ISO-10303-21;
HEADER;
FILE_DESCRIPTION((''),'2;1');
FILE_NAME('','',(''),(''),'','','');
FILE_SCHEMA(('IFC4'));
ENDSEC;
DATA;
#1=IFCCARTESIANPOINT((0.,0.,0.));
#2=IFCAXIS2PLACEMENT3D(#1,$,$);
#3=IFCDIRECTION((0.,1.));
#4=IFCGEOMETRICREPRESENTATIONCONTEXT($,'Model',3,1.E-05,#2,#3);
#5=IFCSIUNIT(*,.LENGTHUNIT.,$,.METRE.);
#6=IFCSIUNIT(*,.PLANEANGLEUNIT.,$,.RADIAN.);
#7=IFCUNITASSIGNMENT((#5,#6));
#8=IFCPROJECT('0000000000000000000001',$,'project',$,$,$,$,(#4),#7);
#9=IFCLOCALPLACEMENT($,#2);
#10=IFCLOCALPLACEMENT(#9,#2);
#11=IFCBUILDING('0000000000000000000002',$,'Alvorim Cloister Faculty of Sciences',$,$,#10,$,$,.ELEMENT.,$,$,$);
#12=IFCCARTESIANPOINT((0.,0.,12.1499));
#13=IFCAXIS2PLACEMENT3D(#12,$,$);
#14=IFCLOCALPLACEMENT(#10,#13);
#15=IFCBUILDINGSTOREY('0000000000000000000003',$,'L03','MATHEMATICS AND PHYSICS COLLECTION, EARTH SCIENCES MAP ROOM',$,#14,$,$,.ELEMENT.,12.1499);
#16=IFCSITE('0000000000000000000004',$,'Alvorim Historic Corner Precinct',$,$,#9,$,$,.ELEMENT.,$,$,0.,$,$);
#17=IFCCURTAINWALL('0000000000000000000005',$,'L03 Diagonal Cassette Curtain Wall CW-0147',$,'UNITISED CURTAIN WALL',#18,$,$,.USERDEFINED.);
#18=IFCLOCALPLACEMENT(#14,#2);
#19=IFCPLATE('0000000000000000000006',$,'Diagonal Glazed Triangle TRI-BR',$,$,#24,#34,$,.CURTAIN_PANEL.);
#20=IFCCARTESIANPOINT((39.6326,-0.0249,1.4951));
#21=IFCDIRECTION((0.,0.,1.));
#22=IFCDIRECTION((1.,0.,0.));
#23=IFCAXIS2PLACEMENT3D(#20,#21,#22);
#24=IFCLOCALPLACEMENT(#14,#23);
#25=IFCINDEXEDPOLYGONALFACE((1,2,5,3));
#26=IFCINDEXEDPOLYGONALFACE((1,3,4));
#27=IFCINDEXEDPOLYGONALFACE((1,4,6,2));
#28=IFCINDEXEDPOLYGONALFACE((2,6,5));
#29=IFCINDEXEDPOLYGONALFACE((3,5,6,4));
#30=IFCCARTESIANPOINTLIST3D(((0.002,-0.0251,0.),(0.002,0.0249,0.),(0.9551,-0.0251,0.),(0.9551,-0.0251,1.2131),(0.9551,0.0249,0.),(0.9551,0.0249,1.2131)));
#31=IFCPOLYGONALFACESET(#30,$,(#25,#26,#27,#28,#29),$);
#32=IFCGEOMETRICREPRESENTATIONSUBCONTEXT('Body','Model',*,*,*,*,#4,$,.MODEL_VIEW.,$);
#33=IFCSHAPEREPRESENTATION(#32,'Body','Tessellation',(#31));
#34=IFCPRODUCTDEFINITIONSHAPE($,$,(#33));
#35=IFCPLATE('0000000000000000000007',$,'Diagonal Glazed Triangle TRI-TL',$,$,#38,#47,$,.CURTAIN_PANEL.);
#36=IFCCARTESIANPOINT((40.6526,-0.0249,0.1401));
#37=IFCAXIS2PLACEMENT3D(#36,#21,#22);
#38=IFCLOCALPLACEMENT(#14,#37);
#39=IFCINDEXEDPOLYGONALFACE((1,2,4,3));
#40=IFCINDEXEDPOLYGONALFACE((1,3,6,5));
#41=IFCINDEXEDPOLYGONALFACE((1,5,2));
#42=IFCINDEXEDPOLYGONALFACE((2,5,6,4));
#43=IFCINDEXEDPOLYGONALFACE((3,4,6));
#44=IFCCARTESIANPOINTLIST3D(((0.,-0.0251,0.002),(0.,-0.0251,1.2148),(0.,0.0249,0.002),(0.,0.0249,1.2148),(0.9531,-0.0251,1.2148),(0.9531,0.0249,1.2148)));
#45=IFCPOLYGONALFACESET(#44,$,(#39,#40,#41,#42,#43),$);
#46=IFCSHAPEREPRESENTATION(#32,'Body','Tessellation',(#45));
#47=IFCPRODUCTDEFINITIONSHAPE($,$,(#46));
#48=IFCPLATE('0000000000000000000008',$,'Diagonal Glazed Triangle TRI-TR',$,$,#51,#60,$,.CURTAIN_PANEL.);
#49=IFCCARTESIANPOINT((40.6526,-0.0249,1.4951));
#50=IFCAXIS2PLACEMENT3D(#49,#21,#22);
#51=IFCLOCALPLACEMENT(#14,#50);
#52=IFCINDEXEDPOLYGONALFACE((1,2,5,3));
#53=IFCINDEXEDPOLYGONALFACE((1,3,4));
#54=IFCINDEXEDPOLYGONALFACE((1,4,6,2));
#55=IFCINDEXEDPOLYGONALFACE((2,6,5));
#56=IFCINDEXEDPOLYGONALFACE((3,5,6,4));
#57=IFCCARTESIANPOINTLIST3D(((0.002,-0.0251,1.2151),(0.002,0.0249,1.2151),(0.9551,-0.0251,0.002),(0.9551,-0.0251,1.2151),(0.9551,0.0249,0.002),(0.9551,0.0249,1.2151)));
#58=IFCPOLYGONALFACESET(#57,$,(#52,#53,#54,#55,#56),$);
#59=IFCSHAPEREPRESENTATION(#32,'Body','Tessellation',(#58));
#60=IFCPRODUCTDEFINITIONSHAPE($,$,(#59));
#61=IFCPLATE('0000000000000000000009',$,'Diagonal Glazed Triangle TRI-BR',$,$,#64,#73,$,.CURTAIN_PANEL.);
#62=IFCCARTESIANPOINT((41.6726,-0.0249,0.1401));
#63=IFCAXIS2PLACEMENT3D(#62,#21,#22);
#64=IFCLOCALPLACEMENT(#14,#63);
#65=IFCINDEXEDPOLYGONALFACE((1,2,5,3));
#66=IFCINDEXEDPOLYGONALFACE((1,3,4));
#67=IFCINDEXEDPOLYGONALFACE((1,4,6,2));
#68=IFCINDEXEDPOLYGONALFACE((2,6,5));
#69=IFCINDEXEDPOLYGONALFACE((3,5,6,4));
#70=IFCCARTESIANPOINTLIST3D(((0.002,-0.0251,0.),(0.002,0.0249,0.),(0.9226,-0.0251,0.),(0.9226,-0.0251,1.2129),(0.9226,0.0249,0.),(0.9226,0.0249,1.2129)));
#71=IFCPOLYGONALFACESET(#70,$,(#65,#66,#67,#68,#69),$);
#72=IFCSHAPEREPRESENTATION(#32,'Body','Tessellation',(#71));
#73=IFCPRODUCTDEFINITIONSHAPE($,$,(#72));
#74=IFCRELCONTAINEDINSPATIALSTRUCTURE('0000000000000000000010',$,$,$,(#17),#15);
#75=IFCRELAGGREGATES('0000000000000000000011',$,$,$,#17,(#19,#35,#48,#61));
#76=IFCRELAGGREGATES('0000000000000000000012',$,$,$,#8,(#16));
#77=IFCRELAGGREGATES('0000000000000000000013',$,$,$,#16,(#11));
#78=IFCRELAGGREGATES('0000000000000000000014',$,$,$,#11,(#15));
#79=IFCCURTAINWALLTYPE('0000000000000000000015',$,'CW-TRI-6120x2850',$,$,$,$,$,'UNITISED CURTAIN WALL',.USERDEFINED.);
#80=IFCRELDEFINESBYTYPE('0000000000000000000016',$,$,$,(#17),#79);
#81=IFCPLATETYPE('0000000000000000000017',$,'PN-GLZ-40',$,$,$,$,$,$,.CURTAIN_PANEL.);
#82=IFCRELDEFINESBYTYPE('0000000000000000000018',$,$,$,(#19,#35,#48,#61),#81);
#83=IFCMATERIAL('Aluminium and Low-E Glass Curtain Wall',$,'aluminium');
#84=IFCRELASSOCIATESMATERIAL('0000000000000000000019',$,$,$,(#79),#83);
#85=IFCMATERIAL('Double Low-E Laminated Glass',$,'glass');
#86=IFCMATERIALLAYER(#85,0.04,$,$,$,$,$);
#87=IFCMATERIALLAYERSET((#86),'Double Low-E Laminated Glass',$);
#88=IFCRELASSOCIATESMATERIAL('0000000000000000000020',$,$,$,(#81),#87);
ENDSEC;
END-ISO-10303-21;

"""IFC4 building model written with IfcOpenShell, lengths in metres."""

from ifc_helpers import new_model, si_unit, direction, frame, origin, place, context, subcontext, project, spatial, polyline, outline, extrude, material, layer, layer_set, type_object, element, aggregate, save


model = new_model("IFC4")

# Units and contexts
model_context = context("Model", 3, precision=1e-05, world=origin(), true_north=direction((0.0, 1.0)))
body_context = subcontext(model_context, "Body", "Model", "MODEL_VIEW")
ifc_project = project(units=[si_unit("LENGTHUNIT", "METRE"), si_unit("PLANEANGLEUNIT", "RADIAN")], contexts=[model_context])

# Site, building, storey
site_placement = place(None, origin())
site = spatial("IfcSite", under=ifc_project, at=site_placement, Name="Alvorim Historic Corner Precinct", CompositionType="ELEMENT", RefElevation=0.0)
building_placement = place(site_placement, origin())
building = spatial("IfcBuilding", under=site, at=building_placement, Name="Alvorim Cloister Faculty of Sciences", CompositionType="ELEMENT")
storey_placement = place(building_placement, frame((0.0, 0.0, 12.1499)))
storey = spatial("IfcBuildingStorey", under=building, at=storey_placement, Name="L03", Description="MATHEMATICS AND PHYSICS COLLECTION, EARTH SCIENCES MAP ROOM", CompositionType="ELEMENT", Elevation=12.1499)

# Curtain wall, plates
ifc_material_1 = material(Name="Aluminium and Low-E Glass Curtain Wall", Category="aluminium")
curtain_wall_type = type_object("IfcCurtainWallType", Name="CW-TRI-6120x2850", ElementType="UNITISED CURTAIN WALL", PredefinedType="USERDEFINED", material=ifc_material_1)
curtain_wall_placement = place(storey_placement, origin())
curtain_wall = element("IfcCurtainWall", 1, at=curtain_wall_placement, inside=storey, type_object=curtain_wall_type, Name="L03 Diagonal Cassette Curtain Wall CW-0147", ObjectType="UNITISED CURTAIN WALL", PredefinedType="USERDEFINED")
ifc_material_2 = material(Name="Double Low-E Laminated Glass", Category="glass")
ifc_layer = layer(ifc_material_2, 0.04)
ifc_layer_set = layer_set([ifc_layer], Name="Double Low-E Laminated Glass")
plate_type = type_object("IfcPlateType", Name="PN-GLZ-40", PredefinedType="CURTAIN_PANEL", material=ifc_layer_set)
plate_1_placement = place(storey_placement, frame((39.6326, -0.0249, 1.4951), z_axis=(0.0, 0.0, 1.0), x_axis=(1.0, 0.0, 0.0)))
plate_1 = element("IfcPlate", 2, at=plate_1_placement, type_object=plate_type, Name="Diagonal Glazed Triangle TRI-BR", PredefinedType="CURTAIN_PANEL", context=body_context, shape_type="SweptSolid", body=[
    extrude(outline(polyline([(0.002, 0.0), (0.9551, 0.0), (0.9551, 1.2131), (0.002, 0.0)])), frame((0.0, 0.0249, 0.0), z_axis=(0.0, -1.0, 0.0), x_axis=(1.0, 0.0, 0.0)), (0.0, 0.0, 1.0), 0.05),
])
plate_2_placement = place(storey_placement, frame((40.6526, -0.0249, 0.1401), z_axis=(0.0, 0.0, 1.0), x_axis=(1.0, 0.0, 0.0)))
plate_2 = element("IfcPlate", 3, at=plate_2_placement, type_object=plate_type, Name="Diagonal Glazed Triangle TRI-TL", PredefinedType="CURTAIN_PANEL", context=body_context, shape_type="SweptSolid", body=[
    extrude(outline(polyline([(0.9531, 1.2148), (0.0, 1.2148), (0.0, 0.002), (0.9531, 1.2148)])), frame((0.0, 0.0249, 0.0), z_axis=(0.0, -1.0, 0.0), x_axis=(1.0, 0.0, 0.0)), (0.0, 0.0, 1.0), 0.05),
])
plate_3_placement = place(storey_placement, frame((40.6526, -0.0249, 1.4951), z_axis=(0.0, 0.0, 1.0), x_axis=(1.0, 0.0, 0.0)))
plate_3 = element("IfcPlate", 4, at=plate_3_placement, type_object=plate_type, Name="Diagonal Glazed Triangle TRI-TR", PredefinedType="CURTAIN_PANEL", context=body_context, shape_type="SweptSolid", body=[
    extrude(outline(polyline([(0.9551, 0.002), (0.9551, 1.2151), (0.002, 1.2151), (0.9551, 0.002)])), frame((0.0, 0.0249, 0.0), z_axis=(0.0, -1.0, 0.0), x_axis=(1.0, 0.0, 0.0)), (0.0, 0.0, 1.0), 0.05),
])
plate_4_placement = place(storey_placement, frame((41.6726, -0.0249, 0.1401), z_axis=(0.0, 0.0, 1.0), x_axis=(1.0, 0.0, 0.0)))
plate_4 = element("IfcPlate", 5, at=plate_4_placement, type_object=plate_type, Name="Diagonal Glazed Triangle TRI-BR", PredefinedType="CURTAIN_PANEL", context=body_context, shape_type="SweptSolid", body=[
    extrude(outline(polyline([(0.002, 0.0), (0.9226, 0.0), (0.9226, 1.2129), (0.002, 0.0)])), frame((0.0, 0.0249, 0.0), z_axis=(0.0, -1.0, 0.0), x_axis=(1.0, 0.0, 0.0)), (0.0, 0.0, 1.0), 0.05),
])
aggregate(curtain_wall, [plate_1, plate_2, plate_3, plate_4])

save(model, "model.ifc")
